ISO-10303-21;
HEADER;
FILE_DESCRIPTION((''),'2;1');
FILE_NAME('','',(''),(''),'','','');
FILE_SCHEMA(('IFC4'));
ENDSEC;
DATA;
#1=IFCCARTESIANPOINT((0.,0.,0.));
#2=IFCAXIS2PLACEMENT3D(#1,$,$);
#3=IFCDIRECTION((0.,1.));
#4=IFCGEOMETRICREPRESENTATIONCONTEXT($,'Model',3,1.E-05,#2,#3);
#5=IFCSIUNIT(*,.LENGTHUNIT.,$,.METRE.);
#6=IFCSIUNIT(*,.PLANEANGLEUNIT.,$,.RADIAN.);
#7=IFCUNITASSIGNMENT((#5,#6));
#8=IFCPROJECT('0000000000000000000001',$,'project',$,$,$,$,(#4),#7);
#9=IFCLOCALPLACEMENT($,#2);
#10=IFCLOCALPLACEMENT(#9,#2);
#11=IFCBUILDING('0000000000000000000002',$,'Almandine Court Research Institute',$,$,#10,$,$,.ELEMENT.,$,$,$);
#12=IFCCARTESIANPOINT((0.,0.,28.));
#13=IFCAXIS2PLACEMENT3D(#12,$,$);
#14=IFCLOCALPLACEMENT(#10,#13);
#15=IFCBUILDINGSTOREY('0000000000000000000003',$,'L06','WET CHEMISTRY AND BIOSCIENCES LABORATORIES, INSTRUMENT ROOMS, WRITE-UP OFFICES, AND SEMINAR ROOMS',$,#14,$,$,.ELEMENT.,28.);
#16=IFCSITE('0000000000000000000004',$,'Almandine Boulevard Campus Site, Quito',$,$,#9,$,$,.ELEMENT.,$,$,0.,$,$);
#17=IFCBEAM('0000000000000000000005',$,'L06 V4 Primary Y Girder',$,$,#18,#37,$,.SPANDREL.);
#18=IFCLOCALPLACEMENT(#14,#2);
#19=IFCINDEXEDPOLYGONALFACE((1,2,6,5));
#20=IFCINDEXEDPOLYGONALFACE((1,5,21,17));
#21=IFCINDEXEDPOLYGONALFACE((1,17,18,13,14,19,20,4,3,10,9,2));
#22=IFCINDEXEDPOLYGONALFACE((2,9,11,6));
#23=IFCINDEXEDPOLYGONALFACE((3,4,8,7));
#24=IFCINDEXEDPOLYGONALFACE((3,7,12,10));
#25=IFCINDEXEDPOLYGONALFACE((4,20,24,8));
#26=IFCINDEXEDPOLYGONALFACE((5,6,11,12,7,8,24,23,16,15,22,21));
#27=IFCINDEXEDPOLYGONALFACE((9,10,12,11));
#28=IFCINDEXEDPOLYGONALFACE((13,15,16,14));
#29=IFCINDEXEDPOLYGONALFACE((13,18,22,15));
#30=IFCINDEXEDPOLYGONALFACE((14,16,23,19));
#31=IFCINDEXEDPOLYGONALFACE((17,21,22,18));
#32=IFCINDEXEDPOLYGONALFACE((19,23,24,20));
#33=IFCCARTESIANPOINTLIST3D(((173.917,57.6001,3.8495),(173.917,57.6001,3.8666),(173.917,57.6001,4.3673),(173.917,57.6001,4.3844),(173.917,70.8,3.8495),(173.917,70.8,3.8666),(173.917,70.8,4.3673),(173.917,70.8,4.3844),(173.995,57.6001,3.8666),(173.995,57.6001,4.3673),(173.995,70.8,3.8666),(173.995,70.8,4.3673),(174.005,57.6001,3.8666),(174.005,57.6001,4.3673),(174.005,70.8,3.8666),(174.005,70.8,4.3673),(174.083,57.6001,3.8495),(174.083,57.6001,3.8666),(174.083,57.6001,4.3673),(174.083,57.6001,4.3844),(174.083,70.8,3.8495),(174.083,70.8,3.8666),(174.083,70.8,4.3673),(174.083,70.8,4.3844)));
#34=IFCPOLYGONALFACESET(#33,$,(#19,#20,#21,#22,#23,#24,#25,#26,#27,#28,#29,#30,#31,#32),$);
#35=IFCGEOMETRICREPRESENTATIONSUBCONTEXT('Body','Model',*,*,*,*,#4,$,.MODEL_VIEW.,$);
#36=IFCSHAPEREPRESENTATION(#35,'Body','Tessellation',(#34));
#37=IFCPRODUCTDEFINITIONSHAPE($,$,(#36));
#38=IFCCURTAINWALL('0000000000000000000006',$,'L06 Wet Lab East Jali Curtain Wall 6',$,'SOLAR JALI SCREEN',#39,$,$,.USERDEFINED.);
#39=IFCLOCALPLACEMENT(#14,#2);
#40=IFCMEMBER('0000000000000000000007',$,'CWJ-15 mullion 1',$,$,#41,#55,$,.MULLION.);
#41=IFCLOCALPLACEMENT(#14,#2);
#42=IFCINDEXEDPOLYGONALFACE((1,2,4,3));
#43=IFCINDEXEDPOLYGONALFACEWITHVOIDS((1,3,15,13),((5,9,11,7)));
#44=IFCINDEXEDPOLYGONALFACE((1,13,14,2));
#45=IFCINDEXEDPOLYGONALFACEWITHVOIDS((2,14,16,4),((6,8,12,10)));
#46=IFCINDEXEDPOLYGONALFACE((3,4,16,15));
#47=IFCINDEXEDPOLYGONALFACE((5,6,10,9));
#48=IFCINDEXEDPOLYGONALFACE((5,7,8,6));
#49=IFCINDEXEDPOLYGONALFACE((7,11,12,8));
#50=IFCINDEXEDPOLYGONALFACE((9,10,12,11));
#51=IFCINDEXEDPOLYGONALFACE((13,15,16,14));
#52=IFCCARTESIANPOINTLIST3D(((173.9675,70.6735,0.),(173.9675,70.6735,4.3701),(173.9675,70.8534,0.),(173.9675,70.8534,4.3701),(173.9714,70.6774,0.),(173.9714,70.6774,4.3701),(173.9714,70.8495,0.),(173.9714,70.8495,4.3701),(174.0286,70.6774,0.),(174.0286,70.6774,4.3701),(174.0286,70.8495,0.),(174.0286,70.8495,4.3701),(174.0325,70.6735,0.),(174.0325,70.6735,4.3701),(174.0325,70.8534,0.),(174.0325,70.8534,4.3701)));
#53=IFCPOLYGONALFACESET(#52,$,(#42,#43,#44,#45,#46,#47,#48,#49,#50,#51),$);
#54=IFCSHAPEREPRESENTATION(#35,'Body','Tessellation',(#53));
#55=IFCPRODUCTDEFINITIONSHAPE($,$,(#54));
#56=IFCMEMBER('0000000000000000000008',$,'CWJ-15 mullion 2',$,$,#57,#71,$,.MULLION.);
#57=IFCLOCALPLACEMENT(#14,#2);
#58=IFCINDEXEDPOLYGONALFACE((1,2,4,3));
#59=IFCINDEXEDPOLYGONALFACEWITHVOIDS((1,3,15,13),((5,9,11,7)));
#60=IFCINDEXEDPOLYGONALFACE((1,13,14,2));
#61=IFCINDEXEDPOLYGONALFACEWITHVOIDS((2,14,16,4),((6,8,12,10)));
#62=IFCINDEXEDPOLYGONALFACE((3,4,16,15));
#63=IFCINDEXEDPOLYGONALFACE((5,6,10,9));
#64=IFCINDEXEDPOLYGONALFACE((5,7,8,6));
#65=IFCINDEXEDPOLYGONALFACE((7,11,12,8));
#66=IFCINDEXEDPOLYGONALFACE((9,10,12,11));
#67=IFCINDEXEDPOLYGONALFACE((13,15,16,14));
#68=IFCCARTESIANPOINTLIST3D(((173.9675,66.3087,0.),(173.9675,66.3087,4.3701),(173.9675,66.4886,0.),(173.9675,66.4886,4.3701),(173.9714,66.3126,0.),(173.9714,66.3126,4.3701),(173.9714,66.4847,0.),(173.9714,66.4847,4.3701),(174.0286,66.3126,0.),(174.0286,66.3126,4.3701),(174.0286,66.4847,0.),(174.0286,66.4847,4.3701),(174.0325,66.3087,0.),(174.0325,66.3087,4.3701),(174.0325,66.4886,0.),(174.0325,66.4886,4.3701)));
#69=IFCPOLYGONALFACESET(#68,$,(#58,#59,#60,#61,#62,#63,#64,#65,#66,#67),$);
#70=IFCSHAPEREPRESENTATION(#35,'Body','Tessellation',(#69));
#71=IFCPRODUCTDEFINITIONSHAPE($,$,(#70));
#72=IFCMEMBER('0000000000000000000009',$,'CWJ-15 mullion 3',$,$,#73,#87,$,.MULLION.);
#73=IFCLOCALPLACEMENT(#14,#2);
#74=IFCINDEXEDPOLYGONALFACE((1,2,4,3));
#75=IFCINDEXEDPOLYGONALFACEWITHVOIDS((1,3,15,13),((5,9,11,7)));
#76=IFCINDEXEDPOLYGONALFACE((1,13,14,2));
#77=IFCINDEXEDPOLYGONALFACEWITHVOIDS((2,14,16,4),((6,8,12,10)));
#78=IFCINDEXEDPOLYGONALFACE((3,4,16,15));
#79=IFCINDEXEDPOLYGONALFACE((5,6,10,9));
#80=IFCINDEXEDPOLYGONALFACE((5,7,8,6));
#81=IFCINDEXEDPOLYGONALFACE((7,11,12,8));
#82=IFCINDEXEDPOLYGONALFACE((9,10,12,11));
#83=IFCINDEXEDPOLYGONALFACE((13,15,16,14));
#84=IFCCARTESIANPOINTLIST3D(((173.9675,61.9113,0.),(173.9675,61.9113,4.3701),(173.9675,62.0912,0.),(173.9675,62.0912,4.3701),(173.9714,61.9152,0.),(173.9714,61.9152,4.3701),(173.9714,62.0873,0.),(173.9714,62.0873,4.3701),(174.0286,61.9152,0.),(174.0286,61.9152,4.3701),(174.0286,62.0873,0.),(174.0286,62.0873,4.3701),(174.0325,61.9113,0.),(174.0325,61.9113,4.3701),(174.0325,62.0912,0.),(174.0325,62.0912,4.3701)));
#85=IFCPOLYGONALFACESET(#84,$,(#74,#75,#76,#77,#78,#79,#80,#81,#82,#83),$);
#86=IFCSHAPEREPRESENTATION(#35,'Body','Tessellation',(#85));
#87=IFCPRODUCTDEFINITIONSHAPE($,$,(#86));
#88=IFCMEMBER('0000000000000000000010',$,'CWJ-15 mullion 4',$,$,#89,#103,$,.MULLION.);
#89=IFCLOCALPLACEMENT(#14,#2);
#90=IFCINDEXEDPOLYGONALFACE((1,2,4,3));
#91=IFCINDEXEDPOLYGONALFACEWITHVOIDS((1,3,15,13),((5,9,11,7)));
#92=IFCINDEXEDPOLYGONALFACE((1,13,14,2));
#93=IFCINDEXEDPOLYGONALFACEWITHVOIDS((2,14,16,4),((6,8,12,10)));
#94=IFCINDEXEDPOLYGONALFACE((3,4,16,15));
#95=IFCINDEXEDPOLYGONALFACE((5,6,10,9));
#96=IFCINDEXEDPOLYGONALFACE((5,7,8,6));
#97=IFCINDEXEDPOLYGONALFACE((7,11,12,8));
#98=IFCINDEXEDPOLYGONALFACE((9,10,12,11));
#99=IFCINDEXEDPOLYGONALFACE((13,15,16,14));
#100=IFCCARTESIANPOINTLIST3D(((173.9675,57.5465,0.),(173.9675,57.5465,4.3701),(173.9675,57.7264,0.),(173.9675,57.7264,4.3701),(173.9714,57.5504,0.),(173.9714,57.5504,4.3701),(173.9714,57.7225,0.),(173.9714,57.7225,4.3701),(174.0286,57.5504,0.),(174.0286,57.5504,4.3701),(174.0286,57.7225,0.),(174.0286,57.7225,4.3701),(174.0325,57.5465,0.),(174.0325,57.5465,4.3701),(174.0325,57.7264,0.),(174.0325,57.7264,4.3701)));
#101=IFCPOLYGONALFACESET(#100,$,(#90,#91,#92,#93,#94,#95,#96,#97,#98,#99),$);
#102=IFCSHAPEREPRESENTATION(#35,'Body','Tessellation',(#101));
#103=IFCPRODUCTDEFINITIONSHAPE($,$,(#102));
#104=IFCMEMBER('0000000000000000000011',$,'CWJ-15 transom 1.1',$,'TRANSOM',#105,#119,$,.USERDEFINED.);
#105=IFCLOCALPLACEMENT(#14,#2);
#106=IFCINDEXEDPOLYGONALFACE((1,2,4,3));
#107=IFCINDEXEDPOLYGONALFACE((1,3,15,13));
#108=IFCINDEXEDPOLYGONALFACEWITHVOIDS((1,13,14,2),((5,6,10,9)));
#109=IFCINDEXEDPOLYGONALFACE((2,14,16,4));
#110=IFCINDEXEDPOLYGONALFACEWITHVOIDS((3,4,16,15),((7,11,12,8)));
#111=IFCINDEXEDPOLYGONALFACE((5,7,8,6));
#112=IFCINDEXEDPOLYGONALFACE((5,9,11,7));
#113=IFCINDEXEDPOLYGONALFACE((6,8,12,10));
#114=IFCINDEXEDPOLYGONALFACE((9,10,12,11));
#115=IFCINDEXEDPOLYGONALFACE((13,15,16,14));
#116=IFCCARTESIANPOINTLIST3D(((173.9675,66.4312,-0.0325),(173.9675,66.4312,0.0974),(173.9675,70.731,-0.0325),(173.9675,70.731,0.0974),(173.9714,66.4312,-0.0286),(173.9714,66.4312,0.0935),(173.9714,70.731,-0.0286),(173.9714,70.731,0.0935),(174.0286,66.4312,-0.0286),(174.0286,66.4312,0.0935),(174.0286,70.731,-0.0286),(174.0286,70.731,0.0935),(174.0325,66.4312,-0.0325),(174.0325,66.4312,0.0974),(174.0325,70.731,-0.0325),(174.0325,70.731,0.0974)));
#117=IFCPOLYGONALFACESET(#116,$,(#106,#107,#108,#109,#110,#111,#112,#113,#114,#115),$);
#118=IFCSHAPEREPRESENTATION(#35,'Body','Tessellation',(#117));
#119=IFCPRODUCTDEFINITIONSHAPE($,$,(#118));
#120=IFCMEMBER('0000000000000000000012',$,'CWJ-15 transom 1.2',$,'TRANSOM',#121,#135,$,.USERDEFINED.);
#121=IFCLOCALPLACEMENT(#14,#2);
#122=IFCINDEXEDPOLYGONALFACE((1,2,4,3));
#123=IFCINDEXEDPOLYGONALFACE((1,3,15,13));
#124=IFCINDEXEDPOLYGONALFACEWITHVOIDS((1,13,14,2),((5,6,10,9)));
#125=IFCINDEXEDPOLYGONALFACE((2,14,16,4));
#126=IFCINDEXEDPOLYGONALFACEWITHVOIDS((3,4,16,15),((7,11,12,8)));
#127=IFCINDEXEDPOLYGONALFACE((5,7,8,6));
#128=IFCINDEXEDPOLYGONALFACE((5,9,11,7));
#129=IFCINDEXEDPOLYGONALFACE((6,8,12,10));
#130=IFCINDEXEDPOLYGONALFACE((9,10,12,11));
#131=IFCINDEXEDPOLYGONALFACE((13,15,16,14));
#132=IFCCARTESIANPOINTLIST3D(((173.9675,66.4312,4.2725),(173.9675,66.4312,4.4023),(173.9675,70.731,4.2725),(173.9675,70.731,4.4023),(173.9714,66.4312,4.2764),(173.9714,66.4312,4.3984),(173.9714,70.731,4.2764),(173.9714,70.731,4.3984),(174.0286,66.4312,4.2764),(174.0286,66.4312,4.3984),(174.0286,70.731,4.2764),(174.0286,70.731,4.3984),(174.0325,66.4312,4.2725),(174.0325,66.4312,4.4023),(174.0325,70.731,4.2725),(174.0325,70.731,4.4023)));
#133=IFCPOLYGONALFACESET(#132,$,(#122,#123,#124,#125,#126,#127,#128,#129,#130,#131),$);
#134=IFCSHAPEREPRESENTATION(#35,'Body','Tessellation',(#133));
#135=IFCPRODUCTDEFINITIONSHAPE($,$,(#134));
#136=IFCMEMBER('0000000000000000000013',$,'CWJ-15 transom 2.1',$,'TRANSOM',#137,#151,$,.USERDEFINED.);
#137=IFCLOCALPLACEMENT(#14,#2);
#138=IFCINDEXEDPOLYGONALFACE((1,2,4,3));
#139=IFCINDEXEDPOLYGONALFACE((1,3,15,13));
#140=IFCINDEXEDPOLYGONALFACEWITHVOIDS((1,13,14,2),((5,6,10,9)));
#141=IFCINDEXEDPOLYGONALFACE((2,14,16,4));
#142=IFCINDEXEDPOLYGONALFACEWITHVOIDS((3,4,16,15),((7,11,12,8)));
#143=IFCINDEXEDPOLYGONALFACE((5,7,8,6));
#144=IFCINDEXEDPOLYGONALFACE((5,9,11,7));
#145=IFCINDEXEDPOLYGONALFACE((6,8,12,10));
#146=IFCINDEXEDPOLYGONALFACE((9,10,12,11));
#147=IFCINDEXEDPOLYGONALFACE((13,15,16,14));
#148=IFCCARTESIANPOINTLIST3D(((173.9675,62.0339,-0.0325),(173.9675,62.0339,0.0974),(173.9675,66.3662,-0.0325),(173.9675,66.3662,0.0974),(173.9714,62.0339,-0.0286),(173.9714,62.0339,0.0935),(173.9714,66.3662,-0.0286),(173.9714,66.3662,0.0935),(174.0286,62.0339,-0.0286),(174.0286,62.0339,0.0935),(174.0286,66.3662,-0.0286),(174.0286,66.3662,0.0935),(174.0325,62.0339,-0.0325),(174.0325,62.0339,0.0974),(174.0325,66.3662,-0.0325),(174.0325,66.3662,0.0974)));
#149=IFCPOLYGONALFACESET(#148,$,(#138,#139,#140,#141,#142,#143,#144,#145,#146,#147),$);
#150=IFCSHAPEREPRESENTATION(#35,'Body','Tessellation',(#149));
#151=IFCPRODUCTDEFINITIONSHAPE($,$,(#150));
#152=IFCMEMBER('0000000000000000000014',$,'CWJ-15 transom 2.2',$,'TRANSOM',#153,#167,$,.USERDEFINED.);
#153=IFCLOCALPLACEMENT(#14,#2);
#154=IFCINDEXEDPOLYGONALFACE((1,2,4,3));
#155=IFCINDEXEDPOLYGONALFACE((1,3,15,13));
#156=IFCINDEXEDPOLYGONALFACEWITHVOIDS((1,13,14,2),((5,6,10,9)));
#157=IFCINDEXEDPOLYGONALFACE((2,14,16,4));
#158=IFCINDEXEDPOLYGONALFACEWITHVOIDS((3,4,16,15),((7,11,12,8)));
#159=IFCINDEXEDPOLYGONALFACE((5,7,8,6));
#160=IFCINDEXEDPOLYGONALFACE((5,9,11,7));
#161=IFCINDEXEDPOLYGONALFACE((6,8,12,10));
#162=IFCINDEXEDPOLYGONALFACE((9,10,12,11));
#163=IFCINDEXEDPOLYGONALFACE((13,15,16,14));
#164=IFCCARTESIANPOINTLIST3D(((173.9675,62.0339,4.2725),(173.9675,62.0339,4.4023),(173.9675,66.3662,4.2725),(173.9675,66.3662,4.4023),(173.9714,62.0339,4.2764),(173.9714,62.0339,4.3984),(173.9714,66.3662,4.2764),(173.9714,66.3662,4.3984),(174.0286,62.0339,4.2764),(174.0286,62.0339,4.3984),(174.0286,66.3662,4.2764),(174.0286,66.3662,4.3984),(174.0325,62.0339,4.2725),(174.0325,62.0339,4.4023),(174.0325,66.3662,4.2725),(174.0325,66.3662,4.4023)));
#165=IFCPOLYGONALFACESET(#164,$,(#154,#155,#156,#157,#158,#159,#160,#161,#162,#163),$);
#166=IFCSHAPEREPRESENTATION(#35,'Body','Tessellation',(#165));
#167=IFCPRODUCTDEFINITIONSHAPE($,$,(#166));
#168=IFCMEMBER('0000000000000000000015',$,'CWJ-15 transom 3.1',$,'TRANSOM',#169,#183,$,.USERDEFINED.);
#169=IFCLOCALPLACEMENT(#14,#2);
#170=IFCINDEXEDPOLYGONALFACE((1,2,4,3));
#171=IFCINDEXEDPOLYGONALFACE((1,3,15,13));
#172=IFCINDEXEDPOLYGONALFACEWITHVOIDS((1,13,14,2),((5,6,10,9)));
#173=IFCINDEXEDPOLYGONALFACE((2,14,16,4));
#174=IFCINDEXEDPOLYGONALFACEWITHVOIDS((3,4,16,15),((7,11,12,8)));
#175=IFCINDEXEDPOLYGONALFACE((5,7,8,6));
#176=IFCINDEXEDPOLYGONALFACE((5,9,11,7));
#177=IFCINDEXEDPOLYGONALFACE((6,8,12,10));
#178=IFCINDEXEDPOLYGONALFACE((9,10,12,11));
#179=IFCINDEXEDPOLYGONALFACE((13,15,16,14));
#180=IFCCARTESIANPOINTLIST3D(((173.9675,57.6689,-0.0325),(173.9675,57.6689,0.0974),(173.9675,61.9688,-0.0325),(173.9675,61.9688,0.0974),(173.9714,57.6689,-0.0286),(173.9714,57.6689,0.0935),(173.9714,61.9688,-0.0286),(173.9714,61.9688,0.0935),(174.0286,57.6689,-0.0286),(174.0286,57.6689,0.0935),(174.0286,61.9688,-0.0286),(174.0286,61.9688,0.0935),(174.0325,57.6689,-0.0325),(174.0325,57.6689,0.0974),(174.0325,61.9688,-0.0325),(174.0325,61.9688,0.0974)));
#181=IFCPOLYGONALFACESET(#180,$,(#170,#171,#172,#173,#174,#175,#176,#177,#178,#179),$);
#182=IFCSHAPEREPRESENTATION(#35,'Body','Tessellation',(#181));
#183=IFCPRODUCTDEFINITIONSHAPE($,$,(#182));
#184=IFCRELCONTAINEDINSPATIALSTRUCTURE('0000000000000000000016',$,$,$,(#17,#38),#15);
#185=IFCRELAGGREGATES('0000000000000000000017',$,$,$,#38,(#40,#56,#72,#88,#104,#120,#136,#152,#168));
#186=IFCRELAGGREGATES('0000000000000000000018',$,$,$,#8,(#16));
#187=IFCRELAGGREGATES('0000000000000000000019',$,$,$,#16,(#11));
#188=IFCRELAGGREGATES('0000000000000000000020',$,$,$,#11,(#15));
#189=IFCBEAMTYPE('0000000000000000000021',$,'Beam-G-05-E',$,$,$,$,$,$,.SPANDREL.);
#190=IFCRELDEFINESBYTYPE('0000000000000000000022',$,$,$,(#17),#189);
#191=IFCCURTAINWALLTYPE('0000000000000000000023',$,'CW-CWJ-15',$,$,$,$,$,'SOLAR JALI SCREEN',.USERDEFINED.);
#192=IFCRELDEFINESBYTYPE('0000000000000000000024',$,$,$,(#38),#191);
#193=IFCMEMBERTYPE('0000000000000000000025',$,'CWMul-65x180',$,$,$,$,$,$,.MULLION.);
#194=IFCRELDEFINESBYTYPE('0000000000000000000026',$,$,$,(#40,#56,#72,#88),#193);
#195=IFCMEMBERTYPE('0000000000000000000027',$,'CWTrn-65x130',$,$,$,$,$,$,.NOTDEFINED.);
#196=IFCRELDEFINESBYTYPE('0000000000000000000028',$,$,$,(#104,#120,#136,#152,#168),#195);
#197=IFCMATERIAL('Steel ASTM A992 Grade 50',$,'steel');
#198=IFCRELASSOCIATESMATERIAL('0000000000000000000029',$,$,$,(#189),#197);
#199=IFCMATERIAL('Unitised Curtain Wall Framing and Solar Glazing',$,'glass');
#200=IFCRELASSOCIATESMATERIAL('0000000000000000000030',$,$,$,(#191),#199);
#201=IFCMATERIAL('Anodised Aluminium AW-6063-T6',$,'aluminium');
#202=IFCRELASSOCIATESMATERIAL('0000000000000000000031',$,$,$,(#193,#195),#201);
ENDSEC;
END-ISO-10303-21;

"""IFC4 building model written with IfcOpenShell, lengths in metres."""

from ifc_helpers import new_model, si_unit, direction, frame, origin, origin_2d, place, context, subcontext, project, spatial, hollow_rectangle, i_section, extrude, material, material_profile, profile_set, type_object, element, aggregate, save


model = new_model("IFC4")

# Units and contexts
model_context = context("Model", 3, precision=1e-05, world=origin(), true_north=direction((0.0, 1.0)))
body_context = subcontext(model_context, "Body", "Model", "MODEL_VIEW")
ifc_project = project(units=[si_unit("LENGTHUNIT", "METRE"), si_unit("PLANEANGLEUNIT", "RADIAN")], contexts=[model_context])

# Site, building, storey
site_placement = place(None, origin())
site = spatial("IfcSite", under=ifc_project, at=site_placement, Name="Almandine Boulevard Campus Site, Quito", CompositionType="ELEMENT", RefElevation=0.0)
building_placement = place(site_placement, origin())
building = spatial("IfcBuilding", under=site, at=building_placement, Name="Almandine Court Research Institute", CompositionType="ELEMENT")
storey_placement = place(building_placement, frame((0.0, 0.0, 28.0)))
storey = spatial("IfcBuildingStorey", under=building, at=storey_placement, Name="L06", Description="WET CHEMISTRY AND BIOSCIENCES LABORATORIES, INSTRUMENT ROOMS, WRITE-UP OFFICES, AND SEMINAR ROOMS", CompositionType="ELEMENT", Elevation=28.0)

# Shared definitions
ifc_material_1 = material(Name="Steel ASTM A992 Grade 50", Category="steel")

# Beam
ifc_material_profile_1 = material_profile(ifc_material_1, i_section(OverallWidth=0.166, OverallDepth=0.5349, WebThickness=0.01, FlangeThickness=0.0171, at=origin_2d()), Name="W530x85")
ifc_profile_set_1 = profile_set([ifc_material_profile_1], Name="Steel ASTM A992 Grade 50")
beam_type_1 = type_object("IfcBeamType", Name="Beam-G-05-E", PredefinedType="SPANDREL", material=ifc_profile_set_1)
beam_1_placement = place(storey_placement, frame((174.0, 57.6001, 4.1169), z_axis=(0.0, 1.0, 0.0), x_axis=(-1.0, 0.0, 0.0)))
element("IfcBeam", 1, at=beam_1_placement, inside=storey, type_object=beam_type_1, Name="L06 V4 Primary Y Girder", PredefinedType="SPANDREL", context=body_context, shape_type="SweptSolid", body=[
    extrude(i_section(OverallWidth=0.166, OverallDepth=0.5349, WebThickness=0.01, FlangeThickness=0.0171, at=origin_2d()), origin(), (0.0, 0.0, 1.0), 13.2),
])

# Curtain wall, members
ifc_material_2 = material(Name="Unitised Curtain Wall Framing and Solar Glazing", Category="glass")
curtain_wall_type = type_object("IfcCurtainWallType", Name="CW-CWJ-15", ElementType="SOLAR JALI SCREEN", PredefinedType="USERDEFINED", material=ifc_material_2)
curtain_wall_placement = place(storey_placement, origin())
curtain_wall = element("IfcCurtainWall", 2, at=curtain_wall_placement, inside=storey, type_object=curtain_wall_type, Name="L06 Wet Lab East Jali Curtain Wall 6", ObjectType="SOLAR JALI SCREEN", PredefinedType="USERDEFINED")
ifc_material_3 = material(Name="Anodised Aluminium AW-6063-T6", Category="aluminium")
ifc_material_profile_2 = material_profile(ifc_material_3, hollow_rectangle(XDim=0.0649, YDim=0.1799, WallThickness=0.0039, at=origin_2d()), Name="ALU RHS 65x180x4")
ifc_profile_set_2 = profile_set([ifc_material_profile_2], Name="Anodised Aluminium AW-6063-T6")
member_type_1 = type_object("IfcMemberType", Name="CWMul-65x180", PredefinedType="MULLION", material=ifc_profile_set_2)
member_1_placement = place(storey_placement, frame((174.0, 70.7634, 0.0), z_axis=(0.0, 0.0, 1.0), x_axis=(1.0, 0.0, 0.0)))
member_1 = element("IfcMember", 3, at=member_1_placement, type_object=member_type_1, Name="CWJ-15 mullion 1", PredefinedType="MULLION", context=body_context, shape_type="SweptSolid", body=[
    extrude(hollow_rectangle(XDim=0.0649, YDim=0.1799, WallThickness=0.0039, at=origin_2d()), origin(), (0.0, 0.0, 1.0), 4.3701),
])
member_2_placement = place(storey_placement, frame((174.0, 66.3987, 0.0), z_axis=(0.0, 0.0, 1.0), x_axis=(1.0, 0.0, 0.0)))
member_2 = element("IfcMember", 4, at=member_2_placement, type_object=member_type_1, Name="CWJ-15 mullion 2", PredefinedType="MULLION", context=body_context, shape_type="SweptSolid", body=[
    extrude(hollow_rectangle(XDim=0.0649, YDim=0.1799, WallThickness=0.0039, at=origin_2d()), origin(), (0.0, 0.0, 1.0), 4.3701),
])
member_3_placement = place(storey_placement, frame((174.0, 62.0012, 0.0), z_axis=(0.0, 0.0, 1.0), x_axis=(1.0, 0.0, 0.0)))
member_3 = element("IfcMember", 5, at=member_3_placement, type_object=member_type_1, Name="CWJ-15 mullion 3", PredefinedType="MULLION", context=body_context, shape_type="SweptSolid", body=[
    extrude(hollow_rectangle(XDim=0.0649, YDim=0.1799, WallThickness=0.0039, at=origin_2d()), origin(), (0.0, 0.0, 1.0), 4.3701),
])
member_4_placement = place(storey_placement, frame((174.0, 57.6365, 0.0), z_axis=(0.0, 0.0, 1.0), x_axis=(1.0, 0.0, 0.0)))
member_4 = element("IfcMember", 6, at=member_4_placement, type_object=member_type_1, Name="CWJ-15 mullion 4", PredefinedType="MULLION", context=body_context, shape_type="SweptSolid", body=[
    extrude(hollow_rectangle(XDim=0.0649, YDim=0.1799, WallThickness=0.0039, at=origin_2d()), origin(), (0.0, 0.0, 1.0), 4.3701),
])
ifc_material_profile_3 = material_profile(ifc_material_3, hollow_rectangle(XDim=0.0649, YDim=0.1299, WallThickness=0.0039, at=origin_2d()), Name="ALU RHS 65x130x4")
ifc_profile_set_3 = profile_set([ifc_material_profile_3], Name="Anodised Aluminium AW-6063-T6")
member_type_2 = type_object("IfcMemberType", Name="CWTrn-65x130", PredefinedType="NOTDEFINED", material=ifc_profile_set_3)
member_5_placement = place(storey_placement, frame((174.0, 70.731, 0.0325), z_axis=(0.0, -1.0, 0.0), x_axis=(1.0, 0.0, 0.0)))
member_5 = element("IfcMember", 7, at=member_5_placement, type_object=member_type_2, Name="CWJ-15 transom 1.1", ObjectType="TRANSOM", PredefinedType="USERDEFINED", context=body_context, shape_type="SweptSolid", body=[
    extrude(hollow_rectangle(XDim=0.0649, YDim=0.1299, WallThickness=0.0039, at=origin_2d()), origin(), (0.0, 0.0, 1.0), 4.2998),
])
member_6_placement = place(storey_placement, frame((174.0, 70.731, 4.3374), z_axis=(0.0, -1.0, 0.0), x_axis=(1.0, 0.0, 0.0)))
member_6 = element("IfcMember", 8, at=member_6_placement, type_object=member_type_2, Name="CWJ-15 transom 1.2", ObjectType="TRANSOM", PredefinedType="USERDEFINED", context=body_context, shape_type="SweptSolid", body=[
    extrude(hollow_rectangle(XDim=0.0649, YDim=0.1299, WallThickness=0.0039, at=origin_2d()), origin(), (0.0, 0.0, 1.0), 4.2998),
])
member_7_placement = place(storey_placement, frame((174.0, 66.3662, 0.0325), z_axis=(0.0, -1.0, 0.0), x_axis=(1.0, 0.0, 0.0)))
member_7 = element("IfcMember", 9, at=member_7_placement, type_object=member_type_2, Name="CWJ-15 transom 2.1", ObjectType="TRANSOM", PredefinedType="USERDEFINED", context=body_context, shape_type="SweptSolid", body=[
    extrude(hollow_rectangle(XDim=0.0649, YDim=0.1299, WallThickness=0.0039, at=origin_2d()), origin(), (0.0, 0.0, 1.0), 4.3323),
])
member_8_placement = place(storey_placement, frame((174.0, 66.3662, 4.3374), z_axis=(0.0, -1.0, 0.0), x_axis=(1.0, 0.0, 0.0)))
member_8 = element("IfcMember", 10, at=member_8_placement, type_object=member_type_2, Name="CWJ-15 transom 2.2", ObjectType="TRANSOM", PredefinedType="USERDEFINED", context=body_context, shape_type="SweptSolid", body=[
    extrude(hollow_rectangle(XDim=0.0649, YDim=0.1299, WallThickness=0.0039, at=origin_2d()), origin(), (0.0, 0.0, 1.0), 4.3323),
])
member_9_placement = place(storey_placement, frame((174.0, 61.9688, 0.0325), z_axis=(0.0, -1.0, 0.0), x_axis=(1.0, 0.0, 0.0)))
member_9 = element("IfcMember", 11, at=member_9_placement, type_object=member_type_2, Name="CWJ-15 transom 3.1", ObjectType="TRANSOM", PredefinedType="USERDEFINED", context=body_context, shape_type="SweptSolid", body=[
    extrude(hollow_rectangle(XDim=0.0649, YDim=0.1299, WallThickness=0.0039, at=origin_2d()), origin(), (0.0, 0.0, 1.0), 4.2998),
])
aggregate(curtain_wall, [member_1, member_2, member_3, member_4, member_5, member_6, member_7, member_8, member_9])

save(model, "model.ifc")
